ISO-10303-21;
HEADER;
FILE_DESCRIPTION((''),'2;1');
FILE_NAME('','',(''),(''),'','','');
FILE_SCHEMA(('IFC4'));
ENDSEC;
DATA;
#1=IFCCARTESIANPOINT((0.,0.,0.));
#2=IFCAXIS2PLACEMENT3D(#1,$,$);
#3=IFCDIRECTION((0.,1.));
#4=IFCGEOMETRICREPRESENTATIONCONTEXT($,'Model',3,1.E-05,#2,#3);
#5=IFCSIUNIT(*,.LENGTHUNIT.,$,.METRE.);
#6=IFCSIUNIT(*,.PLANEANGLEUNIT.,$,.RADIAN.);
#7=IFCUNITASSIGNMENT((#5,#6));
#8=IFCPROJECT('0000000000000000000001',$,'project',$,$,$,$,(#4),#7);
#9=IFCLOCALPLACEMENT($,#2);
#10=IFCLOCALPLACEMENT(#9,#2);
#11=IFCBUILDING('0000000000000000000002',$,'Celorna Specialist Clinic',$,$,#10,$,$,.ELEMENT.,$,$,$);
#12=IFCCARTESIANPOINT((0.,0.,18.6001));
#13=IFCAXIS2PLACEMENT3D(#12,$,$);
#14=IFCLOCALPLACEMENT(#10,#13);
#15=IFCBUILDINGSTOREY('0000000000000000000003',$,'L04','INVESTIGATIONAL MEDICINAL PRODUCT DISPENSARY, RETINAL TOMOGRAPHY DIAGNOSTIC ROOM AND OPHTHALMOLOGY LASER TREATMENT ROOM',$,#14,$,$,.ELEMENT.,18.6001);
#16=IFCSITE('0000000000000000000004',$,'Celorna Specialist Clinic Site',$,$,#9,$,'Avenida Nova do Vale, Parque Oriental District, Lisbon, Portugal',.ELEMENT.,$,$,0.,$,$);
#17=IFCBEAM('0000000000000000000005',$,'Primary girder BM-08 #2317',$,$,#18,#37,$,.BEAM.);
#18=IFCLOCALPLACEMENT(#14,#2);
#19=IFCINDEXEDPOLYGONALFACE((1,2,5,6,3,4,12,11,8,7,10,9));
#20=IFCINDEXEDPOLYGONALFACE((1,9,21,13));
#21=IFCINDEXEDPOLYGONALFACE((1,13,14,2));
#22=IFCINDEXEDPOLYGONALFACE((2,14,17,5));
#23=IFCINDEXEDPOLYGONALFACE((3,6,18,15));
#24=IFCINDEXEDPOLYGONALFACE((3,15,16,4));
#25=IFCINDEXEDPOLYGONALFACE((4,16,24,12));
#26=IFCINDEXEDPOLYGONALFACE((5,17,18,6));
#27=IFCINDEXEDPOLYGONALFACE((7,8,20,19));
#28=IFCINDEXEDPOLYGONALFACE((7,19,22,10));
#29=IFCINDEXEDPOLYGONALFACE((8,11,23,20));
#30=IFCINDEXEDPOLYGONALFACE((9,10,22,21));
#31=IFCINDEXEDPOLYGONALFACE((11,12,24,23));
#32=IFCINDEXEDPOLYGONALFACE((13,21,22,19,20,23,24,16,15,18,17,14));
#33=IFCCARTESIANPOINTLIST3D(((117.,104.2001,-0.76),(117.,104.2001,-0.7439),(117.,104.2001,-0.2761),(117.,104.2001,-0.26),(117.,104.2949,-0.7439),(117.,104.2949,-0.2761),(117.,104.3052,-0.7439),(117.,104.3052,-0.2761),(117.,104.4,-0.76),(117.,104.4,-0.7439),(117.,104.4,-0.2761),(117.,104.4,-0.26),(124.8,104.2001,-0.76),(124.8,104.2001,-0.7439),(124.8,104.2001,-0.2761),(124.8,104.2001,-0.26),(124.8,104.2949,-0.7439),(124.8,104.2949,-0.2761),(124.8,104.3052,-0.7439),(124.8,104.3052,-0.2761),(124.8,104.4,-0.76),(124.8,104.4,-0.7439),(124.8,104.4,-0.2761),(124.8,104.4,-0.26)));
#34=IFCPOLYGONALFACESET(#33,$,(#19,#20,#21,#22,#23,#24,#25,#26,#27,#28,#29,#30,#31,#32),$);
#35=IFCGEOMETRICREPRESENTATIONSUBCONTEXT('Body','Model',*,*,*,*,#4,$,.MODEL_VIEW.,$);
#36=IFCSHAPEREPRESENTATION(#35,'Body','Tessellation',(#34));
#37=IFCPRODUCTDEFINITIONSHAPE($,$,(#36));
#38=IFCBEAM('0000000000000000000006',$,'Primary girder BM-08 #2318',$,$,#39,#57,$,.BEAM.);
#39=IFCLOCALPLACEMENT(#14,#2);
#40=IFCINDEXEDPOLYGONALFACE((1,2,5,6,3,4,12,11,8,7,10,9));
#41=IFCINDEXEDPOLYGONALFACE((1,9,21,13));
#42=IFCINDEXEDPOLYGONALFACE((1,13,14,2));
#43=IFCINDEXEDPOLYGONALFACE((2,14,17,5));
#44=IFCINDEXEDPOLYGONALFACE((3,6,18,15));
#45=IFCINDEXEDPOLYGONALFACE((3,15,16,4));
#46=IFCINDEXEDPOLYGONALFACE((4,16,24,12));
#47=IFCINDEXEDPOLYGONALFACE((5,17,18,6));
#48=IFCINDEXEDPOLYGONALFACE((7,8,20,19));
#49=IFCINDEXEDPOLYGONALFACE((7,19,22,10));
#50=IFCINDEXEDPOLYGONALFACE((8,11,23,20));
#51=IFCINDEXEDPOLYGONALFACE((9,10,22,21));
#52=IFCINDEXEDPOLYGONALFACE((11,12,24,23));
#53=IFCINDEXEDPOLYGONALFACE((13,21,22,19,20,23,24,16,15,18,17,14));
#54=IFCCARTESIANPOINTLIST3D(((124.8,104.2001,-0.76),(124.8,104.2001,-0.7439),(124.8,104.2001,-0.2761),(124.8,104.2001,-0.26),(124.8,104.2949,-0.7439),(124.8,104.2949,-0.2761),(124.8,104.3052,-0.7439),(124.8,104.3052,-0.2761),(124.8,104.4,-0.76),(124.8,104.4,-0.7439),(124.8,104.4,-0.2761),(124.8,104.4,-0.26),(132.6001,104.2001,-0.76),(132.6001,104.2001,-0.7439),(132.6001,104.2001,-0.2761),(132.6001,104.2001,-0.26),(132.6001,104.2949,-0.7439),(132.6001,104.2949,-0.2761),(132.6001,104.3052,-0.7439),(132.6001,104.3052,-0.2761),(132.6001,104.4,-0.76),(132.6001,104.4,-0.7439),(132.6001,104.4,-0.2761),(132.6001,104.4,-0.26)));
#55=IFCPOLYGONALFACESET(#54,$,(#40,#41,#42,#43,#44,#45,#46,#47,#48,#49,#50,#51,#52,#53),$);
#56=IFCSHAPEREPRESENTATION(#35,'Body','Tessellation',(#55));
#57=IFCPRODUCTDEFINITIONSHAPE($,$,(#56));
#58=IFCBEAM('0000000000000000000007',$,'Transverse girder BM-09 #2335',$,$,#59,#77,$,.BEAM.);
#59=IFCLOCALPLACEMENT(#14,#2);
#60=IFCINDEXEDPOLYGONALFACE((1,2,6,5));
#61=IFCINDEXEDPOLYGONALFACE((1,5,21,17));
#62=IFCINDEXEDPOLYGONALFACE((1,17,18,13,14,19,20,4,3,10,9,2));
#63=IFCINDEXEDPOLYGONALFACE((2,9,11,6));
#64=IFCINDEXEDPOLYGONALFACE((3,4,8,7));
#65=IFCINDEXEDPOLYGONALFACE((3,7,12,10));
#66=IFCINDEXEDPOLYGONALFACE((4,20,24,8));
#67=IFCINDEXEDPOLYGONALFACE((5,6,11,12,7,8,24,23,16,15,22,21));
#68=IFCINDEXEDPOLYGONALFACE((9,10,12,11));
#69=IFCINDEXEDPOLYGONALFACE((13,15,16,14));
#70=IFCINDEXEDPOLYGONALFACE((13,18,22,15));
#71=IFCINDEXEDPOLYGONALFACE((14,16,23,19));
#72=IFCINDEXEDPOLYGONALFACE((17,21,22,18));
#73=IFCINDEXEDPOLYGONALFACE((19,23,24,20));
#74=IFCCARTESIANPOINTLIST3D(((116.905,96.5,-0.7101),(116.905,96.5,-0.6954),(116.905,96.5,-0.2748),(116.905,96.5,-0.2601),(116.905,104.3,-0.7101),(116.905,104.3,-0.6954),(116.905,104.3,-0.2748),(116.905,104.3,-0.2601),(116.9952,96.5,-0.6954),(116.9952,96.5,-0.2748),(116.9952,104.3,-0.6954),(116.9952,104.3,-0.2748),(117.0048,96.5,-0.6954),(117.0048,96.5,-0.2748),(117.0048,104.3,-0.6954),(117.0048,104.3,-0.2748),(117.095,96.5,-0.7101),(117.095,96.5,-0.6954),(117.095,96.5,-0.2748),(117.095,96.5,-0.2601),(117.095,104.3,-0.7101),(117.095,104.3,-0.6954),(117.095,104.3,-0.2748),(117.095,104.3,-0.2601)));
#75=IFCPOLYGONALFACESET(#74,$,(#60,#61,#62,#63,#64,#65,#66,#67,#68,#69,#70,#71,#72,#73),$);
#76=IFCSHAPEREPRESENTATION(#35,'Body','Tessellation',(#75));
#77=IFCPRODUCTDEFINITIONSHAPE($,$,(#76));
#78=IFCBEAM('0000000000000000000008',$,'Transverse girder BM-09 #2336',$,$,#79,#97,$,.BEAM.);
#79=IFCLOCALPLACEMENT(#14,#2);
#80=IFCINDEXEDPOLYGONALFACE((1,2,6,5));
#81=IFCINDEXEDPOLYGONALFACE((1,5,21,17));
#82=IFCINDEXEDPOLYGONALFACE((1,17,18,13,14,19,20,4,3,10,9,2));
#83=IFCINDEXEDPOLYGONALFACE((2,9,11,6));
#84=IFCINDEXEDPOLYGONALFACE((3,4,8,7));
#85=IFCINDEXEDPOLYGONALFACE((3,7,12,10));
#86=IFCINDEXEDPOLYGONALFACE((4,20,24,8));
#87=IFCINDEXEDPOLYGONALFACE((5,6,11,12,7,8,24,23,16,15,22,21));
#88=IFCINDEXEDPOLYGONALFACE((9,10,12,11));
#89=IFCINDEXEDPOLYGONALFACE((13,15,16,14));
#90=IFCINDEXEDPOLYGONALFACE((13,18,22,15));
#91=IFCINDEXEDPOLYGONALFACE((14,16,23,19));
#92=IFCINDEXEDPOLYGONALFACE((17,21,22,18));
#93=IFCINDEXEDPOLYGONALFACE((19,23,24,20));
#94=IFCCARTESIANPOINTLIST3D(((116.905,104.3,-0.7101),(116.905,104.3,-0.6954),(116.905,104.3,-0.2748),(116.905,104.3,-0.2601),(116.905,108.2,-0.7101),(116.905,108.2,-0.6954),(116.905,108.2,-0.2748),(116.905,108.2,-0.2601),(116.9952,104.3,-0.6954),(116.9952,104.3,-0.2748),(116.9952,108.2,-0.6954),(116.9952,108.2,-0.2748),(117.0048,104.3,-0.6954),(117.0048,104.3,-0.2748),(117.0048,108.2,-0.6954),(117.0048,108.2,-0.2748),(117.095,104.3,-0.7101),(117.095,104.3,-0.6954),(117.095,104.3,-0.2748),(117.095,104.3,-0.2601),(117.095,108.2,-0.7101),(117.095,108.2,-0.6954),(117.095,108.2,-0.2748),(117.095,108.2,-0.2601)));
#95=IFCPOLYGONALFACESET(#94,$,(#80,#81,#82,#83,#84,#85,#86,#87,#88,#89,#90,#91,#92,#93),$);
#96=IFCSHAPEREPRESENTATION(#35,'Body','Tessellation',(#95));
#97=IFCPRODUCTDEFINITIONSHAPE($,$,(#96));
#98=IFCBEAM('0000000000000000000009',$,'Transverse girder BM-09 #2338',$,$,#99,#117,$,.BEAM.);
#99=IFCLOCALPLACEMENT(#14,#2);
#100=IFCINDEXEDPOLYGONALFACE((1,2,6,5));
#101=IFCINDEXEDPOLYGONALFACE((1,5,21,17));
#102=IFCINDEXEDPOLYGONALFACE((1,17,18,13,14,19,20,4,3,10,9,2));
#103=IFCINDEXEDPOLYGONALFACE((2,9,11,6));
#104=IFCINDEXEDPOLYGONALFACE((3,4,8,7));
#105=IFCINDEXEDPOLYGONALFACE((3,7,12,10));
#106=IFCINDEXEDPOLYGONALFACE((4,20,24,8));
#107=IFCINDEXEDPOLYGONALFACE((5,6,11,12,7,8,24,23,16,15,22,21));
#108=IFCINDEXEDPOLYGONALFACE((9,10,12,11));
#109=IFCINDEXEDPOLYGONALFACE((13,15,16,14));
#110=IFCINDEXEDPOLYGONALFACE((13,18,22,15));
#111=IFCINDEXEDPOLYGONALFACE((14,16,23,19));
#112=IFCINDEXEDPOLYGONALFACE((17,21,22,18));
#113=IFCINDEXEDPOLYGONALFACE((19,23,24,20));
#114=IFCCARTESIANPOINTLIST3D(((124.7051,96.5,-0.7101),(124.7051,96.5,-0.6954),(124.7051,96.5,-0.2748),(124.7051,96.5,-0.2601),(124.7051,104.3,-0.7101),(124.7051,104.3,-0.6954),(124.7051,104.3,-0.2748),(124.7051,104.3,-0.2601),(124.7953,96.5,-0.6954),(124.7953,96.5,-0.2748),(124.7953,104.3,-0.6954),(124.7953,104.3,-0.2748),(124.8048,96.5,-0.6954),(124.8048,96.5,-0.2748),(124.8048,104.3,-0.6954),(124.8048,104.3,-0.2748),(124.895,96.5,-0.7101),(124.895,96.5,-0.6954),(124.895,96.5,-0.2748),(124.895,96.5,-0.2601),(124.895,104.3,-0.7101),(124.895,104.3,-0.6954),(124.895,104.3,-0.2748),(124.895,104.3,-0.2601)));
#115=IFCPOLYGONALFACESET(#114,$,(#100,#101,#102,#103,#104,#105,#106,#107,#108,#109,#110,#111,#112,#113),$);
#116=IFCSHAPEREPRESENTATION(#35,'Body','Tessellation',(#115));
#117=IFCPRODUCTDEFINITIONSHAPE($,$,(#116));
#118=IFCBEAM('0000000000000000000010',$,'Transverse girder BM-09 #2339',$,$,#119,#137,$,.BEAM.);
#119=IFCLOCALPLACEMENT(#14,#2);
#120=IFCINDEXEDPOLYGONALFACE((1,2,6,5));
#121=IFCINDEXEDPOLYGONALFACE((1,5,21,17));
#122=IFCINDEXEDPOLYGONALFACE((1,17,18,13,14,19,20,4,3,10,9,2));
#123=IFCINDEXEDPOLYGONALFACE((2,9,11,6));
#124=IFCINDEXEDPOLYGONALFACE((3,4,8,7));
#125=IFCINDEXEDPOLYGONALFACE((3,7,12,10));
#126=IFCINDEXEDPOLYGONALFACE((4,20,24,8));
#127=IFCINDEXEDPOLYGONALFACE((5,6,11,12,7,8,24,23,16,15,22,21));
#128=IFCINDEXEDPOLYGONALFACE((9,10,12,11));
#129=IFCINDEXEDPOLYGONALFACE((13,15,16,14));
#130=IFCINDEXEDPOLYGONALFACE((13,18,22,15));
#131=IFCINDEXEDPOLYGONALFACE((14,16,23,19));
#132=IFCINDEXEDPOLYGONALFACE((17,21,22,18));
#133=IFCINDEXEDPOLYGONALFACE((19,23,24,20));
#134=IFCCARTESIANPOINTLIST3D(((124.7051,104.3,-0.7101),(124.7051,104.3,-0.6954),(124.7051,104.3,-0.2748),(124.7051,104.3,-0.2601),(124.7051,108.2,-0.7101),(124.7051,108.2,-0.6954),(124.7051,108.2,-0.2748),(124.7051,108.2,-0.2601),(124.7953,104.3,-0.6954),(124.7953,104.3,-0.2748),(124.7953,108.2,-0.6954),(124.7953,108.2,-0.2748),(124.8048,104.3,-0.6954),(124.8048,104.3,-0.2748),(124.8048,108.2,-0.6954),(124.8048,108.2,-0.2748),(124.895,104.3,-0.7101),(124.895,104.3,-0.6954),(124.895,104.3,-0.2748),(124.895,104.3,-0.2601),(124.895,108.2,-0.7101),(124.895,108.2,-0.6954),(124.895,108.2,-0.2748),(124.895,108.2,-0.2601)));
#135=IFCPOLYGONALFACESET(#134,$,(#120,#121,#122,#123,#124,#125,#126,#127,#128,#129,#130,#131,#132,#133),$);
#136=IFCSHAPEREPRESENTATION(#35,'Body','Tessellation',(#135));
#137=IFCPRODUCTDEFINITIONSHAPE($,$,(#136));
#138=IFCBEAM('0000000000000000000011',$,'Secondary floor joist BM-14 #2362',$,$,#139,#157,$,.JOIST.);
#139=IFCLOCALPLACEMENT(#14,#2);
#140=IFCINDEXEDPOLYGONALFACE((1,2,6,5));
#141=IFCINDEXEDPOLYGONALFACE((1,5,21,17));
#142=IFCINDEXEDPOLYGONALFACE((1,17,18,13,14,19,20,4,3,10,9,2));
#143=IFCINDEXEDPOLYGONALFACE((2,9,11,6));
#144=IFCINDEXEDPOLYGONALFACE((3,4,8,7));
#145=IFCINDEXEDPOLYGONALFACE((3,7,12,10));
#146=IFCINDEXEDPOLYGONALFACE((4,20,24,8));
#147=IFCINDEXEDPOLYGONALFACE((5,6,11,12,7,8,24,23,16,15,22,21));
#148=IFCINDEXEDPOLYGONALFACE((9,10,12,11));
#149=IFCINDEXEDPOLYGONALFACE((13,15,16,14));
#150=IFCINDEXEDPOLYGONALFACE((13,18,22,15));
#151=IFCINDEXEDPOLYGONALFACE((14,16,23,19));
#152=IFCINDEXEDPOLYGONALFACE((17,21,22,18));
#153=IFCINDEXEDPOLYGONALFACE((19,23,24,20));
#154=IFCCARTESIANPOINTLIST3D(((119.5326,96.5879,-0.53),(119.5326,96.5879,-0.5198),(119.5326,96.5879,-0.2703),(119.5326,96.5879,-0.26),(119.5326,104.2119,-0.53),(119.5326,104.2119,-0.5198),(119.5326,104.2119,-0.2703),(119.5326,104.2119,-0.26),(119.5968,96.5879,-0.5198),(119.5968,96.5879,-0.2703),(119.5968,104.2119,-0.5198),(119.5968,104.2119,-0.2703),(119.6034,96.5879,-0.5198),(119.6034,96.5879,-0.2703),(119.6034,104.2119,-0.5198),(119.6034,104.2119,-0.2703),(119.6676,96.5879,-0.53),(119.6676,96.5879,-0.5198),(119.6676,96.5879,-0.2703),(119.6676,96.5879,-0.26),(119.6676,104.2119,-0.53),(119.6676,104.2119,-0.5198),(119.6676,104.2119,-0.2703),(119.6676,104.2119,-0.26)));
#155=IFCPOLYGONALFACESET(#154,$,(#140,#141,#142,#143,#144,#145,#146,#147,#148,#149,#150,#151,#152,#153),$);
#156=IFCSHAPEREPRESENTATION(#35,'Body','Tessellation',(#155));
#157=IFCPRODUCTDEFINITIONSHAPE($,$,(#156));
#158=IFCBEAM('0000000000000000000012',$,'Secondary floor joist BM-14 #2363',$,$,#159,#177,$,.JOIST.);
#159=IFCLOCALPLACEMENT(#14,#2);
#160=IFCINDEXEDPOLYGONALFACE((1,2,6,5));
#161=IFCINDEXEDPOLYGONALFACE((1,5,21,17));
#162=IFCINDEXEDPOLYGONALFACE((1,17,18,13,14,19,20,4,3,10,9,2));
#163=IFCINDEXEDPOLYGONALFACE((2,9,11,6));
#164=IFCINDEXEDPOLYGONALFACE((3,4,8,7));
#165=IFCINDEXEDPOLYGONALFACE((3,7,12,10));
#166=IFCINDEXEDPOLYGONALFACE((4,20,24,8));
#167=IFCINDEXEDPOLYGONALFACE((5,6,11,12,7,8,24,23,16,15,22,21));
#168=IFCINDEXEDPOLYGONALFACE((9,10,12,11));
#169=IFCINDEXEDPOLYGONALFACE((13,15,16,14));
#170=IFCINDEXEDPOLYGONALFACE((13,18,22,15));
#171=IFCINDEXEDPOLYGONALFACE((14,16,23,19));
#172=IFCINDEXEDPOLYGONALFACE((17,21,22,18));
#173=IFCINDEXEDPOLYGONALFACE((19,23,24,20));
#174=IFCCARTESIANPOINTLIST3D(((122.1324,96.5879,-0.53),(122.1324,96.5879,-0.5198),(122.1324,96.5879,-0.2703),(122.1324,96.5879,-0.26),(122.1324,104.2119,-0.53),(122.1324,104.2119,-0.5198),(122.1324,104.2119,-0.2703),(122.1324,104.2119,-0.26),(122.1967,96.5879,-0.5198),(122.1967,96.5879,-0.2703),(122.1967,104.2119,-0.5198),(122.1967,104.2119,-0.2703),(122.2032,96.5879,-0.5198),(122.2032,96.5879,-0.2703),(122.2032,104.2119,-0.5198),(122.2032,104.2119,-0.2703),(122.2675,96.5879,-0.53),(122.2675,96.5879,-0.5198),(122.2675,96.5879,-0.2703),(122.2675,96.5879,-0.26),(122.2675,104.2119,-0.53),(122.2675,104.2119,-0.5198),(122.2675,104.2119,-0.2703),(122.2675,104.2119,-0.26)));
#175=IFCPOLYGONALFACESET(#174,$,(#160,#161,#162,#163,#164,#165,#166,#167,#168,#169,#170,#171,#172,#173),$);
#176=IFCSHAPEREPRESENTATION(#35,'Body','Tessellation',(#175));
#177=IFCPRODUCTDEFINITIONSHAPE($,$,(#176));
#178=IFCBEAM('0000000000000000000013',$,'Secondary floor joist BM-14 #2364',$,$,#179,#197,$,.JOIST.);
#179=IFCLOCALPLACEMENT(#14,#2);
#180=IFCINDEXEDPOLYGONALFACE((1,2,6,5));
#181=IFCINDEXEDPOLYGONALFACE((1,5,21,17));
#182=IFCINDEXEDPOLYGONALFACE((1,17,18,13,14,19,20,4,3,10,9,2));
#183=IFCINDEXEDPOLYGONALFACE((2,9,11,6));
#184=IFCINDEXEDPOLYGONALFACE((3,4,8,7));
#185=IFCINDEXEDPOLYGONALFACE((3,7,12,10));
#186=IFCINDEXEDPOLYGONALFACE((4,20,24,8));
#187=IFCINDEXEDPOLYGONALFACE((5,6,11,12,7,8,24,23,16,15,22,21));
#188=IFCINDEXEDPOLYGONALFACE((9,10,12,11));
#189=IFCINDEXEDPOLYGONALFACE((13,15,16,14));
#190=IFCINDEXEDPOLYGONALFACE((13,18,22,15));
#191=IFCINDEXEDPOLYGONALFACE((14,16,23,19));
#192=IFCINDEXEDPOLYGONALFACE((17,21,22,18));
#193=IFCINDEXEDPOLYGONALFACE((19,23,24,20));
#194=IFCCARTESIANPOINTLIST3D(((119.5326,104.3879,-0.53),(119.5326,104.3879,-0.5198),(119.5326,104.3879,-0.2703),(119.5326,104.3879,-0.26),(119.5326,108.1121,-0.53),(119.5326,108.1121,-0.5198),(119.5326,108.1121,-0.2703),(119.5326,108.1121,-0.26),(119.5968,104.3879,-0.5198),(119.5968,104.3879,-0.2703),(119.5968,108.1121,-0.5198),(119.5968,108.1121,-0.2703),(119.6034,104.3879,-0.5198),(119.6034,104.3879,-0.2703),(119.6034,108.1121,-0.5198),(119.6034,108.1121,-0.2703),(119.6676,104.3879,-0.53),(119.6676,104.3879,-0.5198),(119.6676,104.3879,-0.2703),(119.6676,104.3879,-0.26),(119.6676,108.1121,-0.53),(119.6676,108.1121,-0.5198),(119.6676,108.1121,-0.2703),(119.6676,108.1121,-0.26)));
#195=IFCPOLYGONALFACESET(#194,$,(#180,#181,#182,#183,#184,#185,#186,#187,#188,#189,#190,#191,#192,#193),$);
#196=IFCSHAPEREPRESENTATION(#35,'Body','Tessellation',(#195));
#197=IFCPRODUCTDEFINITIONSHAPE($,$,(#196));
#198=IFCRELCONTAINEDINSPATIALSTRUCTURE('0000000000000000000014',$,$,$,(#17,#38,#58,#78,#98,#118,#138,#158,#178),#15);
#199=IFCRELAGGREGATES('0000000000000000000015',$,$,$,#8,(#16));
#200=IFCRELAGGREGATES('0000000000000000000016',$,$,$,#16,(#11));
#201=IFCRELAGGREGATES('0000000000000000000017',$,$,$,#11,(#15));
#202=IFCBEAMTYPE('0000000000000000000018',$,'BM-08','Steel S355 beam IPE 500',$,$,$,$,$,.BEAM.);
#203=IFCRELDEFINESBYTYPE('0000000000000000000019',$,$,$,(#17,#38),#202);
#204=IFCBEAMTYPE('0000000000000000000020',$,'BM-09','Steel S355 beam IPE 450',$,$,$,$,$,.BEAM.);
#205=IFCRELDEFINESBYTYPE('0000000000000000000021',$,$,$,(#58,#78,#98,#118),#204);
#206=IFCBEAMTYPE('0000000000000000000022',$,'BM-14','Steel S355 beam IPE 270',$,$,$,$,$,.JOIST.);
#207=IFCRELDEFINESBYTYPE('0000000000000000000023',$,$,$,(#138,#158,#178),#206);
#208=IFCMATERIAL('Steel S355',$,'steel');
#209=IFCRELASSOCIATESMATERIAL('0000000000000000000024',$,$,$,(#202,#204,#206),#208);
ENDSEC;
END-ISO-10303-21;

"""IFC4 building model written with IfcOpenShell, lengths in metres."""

from ifc_helpers import new_model, si_unit, direction, frame, origin, origin_2d, place, context, subcontext, project, spatial, i_section, extrude, material, material_profile, profile_set, type_object, element, save


model = new_model("IFC4")

# Units and contexts
model_context = context("Model", 3, precision=1e-05, world=origin(), true_north=direction((0.0, 1.0)))
body_context = subcontext(model_context, "Body", "Model", "MODEL_VIEW")
ifc_project = project(units=[si_unit("LENGTHUNIT", "METRE"), si_unit("PLANEANGLEUNIT", "RADIAN")], contexts=[model_context])

# Site, building, storey
site_placement = place(None, origin())
site = spatial("IfcSite", under=ifc_project, at=site_placement, Name="Celorna Specialist Clinic Site", LongName="Avenida Nova do Vale, Parque Oriental District, Lisbon, Portugal", CompositionType="ELEMENT", RefElevation=0.0)
building_placement = place(site_placement, origin())
building = spatial("IfcBuilding", under=site, at=building_placement, Name="Celorna Specialist Clinic", CompositionType="ELEMENT")
storey_placement = place(building_placement, frame((0.0, 0.0, 18.6001)))
storey = spatial("IfcBuildingStorey", under=building, at=storey_placement, Name="L04", Description="INVESTIGATIONAL MEDICINAL PRODUCT DISPENSARY, RETINAL TOMOGRAPHY DIAGNOSTIC ROOM AND OPHTHALMOLOGY LASER TREATMENT ROOM", CompositionType="ELEMENT", Elevation=18.6001)

# Beams
ifc_material_1 = material(Name="Steel S355", Category="steel")
ifc_material_profile_1 = material_profile(ifc_material_1, i_section(OverallWidth=0.2, OverallDepth=0.5, WebThickness=0.0103, FlangeThickness=0.0161, at=origin_2d()), Name="IPE 500")
ifc_profile_set_1 = profile_set([ifc_material_profile_1], Name="Steel S355")
beam_type_1 = type_object("IfcBeamType", Name="BM-08", Description="Steel S355 beam IPE 500", PredefinedType="BEAM", material=ifc_profile_set_1)
for number, where, z_axis, x_axis, name in (
    (1, (117.0, 104.3, -0.51), (1.0, 0.0, 0.0), (0.0, 1.0, 0.0), "Primary girder BM-08 #2317"),
    (2, (124.8, 104.3, -0.51), (1.0, 0.0, 0.0), (0.0, 1.0, 0.0), "Primary girder BM-08 #2318"),
):
    element("IfcBeam", number, at=place(storey_placement, frame(where, z_axis=z_axis, x_axis=x_axis)), inside=storey, type_object=beam_type_1, Name=name, PredefinedType="BEAM", context=body_context, shape_type="SweptSolid", body=[
        extrude(i_section(OverallWidth=0.2, OverallDepth=0.5, WebThickness=0.0103, FlangeThickness=0.0161, at=origin_2d()), origin(), (0.0, 0.0, 1.0), 7.8),
    ])
ifc_material_profile_2 = material_profile(ifc_material_1, i_section(OverallWidth=0.1899, OverallDepth=0.45, WebThickness=0.0095, FlangeThickness=0.0146, at=origin_2d()), Name="IPE 450")
ifc_profile_set_2 = profile_set([ifc_material_profile_2], Name="Steel S355")
beam_type_2 = type_object("IfcBeamType", Name="BM-09", Description="Steel S355 beam IPE 450", PredefinedType="BEAM", material=ifc_profile_set_2)
beam_1_placement = place(storey_placement, frame((117.0, 96.5, -0.4851), z_axis=(0.0, 1.0, 0.0), x_axis=(-1.0, 0.0, 0.0)))
element("IfcBeam", 3, at=beam_1_placement, inside=storey, type_object=beam_type_2, Name="Transverse girder BM-09 #2335", PredefinedType="BEAM", context=body_context, shape_type="SweptSolid", body=[
    extrude(i_section(OverallWidth=0.1899, OverallDepth=0.45, WebThickness=0.0095, FlangeThickness=0.0146, at=origin_2d()), origin(), (0.0, 0.0, 1.0), 7.8),
])
beam_2_placement = place(storey_placement, frame((117.0, 104.3, -0.4851), z_axis=(0.0, 1.0, 0.0), x_axis=(-1.0, 0.0, 0.0)))
element("IfcBeam", 4, at=beam_2_placement, inside=storey, type_object=beam_type_2, Name="Transverse girder BM-09 #2336", PredefinedType="BEAM", context=body_context, shape_type="SweptSolid", body=[
    extrude(i_section(OverallWidth=0.1899, OverallDepth=0.45, WebThickness=0.0095, FlangeThickness=0.0146, at=origin_2d()), origin(), (0.0, 0.0, 1.0), 3.8999),
])
beam_3_placement = place(storey_placement, frame((124.8, 96.5, -0.4851), z_axis=(0.0, 1.0, 0.0), x_axis=(-1.0, 0.0, 0.0)))
element("IfcBeam", 5, at=beam_3_placement, inside=storey, type_object=beam_type_2, Name="Transverse girder BM-09 #2338", PredefinedType="BEAM", context=body_context, shape_type="SweptSolid", body=[
    extrude(i_section(OverallWidth=0.1899, OverallDepth=0.45, WebThickness=0.0095, FlangeThickness=0.0146, at=origin_2d()), origin(), (0.0, 0.0, 1.0), 7.8),
])
beam_4_placement = place(storey_placement, frame((124.8, 104.3, -0.4851), z_axis=(0.0, 1.0, 0.0), x_axis=(-1.0, 0.0, 0.0)))
element("IfcBeam", 6, at=beam_4_placement, inside=storey, type_object=beam_type_2, Name="Transverse girder BM-09 #2339", PredefinedType="BEAM", context=body_context, shape_type="SweptSolid", body=[
    extrude(i_section(OverallWidth=0.1899, OverallDepth=0.45, WebThickness=0.0095, FlangeThickness=0.0146, at=origin_2d()), origin(), (0.0, 0.0, 1.0), 3.8999),
])
ifc_material_profile_3 = material_profile(ifc_material_1, i_section(OverallWidth=0.135, OverallDepth=0.27, WebThickness=0.0066, FlangeThickness=0.0103, at=origin_2d()), Name="IPE 270")
ifc_profile_set_3 = profile_set([ifc_material_profile_3], Name="Steel S355")
beam_type_3 = type_object("IfcBeamType", Name="BM-14", Description="Steel S355 beam IPE 270", PredefinedType="JOIST", material=ifc_profile_set_3)
for number, where, z_axis, x_axis, name in (
    (7, (119.6001, 96.5879, -0.395), (0.0, 1.0, 0.0), (-1.0, 0.0, 0.0), "Secondary floor joist BM-14 #2362"),
    (8, (122.2, 96.5879, -0.395), (0.0, 1.0, 0.0), (-1.0, 0.0, 0.0), "Secondary floor joist BM-14 #2363"),
):
    element("IfcBeam", number, at=place(storey_placement, frame(where, z_axis=z_axis, x_axis=x_axis)), inside=storey, type_object=beam_type_3, Name=name, PredefinedType="JOIST", context=body_context, shape_type="SweptSolid", body=[
        extrude(i_section(OverallWidth=0.135, OverallDepth=0.27, WebThickness=0.0066, FlangeThickness=0.0103, at=origin_2d()), origin(), (0.0, 0.0, 1.0), 7.624),
    ])
for number, where, z_axis, x_axis, name in (
    (9, (119.6001, 104.3879, -0.395), (0.0, 1.0, 0.0), (-1.0, 0.0, 0.0), "Secondary floor joist BM-14 #2364"),
):
    element("IfcBeam", number, at=place(storey_placement, frame(where, z_axis=z_axis, x_axis=x_axis)), inside=storey, type_object=beam_type_3, Name=name, PredefinedType="JOIST", context=body_context, shape_type="SweptSolid", body=[
        extrude(i_section(OverallWidth=0.135, OverallDepth=0.27, WebThickness=0.0066, FlangeThickness=0.0103, at=origin_2d()), origin(), (0.0, 0.0, 1.0), 3.7241),
    ])

save(model, "model.ifc")
